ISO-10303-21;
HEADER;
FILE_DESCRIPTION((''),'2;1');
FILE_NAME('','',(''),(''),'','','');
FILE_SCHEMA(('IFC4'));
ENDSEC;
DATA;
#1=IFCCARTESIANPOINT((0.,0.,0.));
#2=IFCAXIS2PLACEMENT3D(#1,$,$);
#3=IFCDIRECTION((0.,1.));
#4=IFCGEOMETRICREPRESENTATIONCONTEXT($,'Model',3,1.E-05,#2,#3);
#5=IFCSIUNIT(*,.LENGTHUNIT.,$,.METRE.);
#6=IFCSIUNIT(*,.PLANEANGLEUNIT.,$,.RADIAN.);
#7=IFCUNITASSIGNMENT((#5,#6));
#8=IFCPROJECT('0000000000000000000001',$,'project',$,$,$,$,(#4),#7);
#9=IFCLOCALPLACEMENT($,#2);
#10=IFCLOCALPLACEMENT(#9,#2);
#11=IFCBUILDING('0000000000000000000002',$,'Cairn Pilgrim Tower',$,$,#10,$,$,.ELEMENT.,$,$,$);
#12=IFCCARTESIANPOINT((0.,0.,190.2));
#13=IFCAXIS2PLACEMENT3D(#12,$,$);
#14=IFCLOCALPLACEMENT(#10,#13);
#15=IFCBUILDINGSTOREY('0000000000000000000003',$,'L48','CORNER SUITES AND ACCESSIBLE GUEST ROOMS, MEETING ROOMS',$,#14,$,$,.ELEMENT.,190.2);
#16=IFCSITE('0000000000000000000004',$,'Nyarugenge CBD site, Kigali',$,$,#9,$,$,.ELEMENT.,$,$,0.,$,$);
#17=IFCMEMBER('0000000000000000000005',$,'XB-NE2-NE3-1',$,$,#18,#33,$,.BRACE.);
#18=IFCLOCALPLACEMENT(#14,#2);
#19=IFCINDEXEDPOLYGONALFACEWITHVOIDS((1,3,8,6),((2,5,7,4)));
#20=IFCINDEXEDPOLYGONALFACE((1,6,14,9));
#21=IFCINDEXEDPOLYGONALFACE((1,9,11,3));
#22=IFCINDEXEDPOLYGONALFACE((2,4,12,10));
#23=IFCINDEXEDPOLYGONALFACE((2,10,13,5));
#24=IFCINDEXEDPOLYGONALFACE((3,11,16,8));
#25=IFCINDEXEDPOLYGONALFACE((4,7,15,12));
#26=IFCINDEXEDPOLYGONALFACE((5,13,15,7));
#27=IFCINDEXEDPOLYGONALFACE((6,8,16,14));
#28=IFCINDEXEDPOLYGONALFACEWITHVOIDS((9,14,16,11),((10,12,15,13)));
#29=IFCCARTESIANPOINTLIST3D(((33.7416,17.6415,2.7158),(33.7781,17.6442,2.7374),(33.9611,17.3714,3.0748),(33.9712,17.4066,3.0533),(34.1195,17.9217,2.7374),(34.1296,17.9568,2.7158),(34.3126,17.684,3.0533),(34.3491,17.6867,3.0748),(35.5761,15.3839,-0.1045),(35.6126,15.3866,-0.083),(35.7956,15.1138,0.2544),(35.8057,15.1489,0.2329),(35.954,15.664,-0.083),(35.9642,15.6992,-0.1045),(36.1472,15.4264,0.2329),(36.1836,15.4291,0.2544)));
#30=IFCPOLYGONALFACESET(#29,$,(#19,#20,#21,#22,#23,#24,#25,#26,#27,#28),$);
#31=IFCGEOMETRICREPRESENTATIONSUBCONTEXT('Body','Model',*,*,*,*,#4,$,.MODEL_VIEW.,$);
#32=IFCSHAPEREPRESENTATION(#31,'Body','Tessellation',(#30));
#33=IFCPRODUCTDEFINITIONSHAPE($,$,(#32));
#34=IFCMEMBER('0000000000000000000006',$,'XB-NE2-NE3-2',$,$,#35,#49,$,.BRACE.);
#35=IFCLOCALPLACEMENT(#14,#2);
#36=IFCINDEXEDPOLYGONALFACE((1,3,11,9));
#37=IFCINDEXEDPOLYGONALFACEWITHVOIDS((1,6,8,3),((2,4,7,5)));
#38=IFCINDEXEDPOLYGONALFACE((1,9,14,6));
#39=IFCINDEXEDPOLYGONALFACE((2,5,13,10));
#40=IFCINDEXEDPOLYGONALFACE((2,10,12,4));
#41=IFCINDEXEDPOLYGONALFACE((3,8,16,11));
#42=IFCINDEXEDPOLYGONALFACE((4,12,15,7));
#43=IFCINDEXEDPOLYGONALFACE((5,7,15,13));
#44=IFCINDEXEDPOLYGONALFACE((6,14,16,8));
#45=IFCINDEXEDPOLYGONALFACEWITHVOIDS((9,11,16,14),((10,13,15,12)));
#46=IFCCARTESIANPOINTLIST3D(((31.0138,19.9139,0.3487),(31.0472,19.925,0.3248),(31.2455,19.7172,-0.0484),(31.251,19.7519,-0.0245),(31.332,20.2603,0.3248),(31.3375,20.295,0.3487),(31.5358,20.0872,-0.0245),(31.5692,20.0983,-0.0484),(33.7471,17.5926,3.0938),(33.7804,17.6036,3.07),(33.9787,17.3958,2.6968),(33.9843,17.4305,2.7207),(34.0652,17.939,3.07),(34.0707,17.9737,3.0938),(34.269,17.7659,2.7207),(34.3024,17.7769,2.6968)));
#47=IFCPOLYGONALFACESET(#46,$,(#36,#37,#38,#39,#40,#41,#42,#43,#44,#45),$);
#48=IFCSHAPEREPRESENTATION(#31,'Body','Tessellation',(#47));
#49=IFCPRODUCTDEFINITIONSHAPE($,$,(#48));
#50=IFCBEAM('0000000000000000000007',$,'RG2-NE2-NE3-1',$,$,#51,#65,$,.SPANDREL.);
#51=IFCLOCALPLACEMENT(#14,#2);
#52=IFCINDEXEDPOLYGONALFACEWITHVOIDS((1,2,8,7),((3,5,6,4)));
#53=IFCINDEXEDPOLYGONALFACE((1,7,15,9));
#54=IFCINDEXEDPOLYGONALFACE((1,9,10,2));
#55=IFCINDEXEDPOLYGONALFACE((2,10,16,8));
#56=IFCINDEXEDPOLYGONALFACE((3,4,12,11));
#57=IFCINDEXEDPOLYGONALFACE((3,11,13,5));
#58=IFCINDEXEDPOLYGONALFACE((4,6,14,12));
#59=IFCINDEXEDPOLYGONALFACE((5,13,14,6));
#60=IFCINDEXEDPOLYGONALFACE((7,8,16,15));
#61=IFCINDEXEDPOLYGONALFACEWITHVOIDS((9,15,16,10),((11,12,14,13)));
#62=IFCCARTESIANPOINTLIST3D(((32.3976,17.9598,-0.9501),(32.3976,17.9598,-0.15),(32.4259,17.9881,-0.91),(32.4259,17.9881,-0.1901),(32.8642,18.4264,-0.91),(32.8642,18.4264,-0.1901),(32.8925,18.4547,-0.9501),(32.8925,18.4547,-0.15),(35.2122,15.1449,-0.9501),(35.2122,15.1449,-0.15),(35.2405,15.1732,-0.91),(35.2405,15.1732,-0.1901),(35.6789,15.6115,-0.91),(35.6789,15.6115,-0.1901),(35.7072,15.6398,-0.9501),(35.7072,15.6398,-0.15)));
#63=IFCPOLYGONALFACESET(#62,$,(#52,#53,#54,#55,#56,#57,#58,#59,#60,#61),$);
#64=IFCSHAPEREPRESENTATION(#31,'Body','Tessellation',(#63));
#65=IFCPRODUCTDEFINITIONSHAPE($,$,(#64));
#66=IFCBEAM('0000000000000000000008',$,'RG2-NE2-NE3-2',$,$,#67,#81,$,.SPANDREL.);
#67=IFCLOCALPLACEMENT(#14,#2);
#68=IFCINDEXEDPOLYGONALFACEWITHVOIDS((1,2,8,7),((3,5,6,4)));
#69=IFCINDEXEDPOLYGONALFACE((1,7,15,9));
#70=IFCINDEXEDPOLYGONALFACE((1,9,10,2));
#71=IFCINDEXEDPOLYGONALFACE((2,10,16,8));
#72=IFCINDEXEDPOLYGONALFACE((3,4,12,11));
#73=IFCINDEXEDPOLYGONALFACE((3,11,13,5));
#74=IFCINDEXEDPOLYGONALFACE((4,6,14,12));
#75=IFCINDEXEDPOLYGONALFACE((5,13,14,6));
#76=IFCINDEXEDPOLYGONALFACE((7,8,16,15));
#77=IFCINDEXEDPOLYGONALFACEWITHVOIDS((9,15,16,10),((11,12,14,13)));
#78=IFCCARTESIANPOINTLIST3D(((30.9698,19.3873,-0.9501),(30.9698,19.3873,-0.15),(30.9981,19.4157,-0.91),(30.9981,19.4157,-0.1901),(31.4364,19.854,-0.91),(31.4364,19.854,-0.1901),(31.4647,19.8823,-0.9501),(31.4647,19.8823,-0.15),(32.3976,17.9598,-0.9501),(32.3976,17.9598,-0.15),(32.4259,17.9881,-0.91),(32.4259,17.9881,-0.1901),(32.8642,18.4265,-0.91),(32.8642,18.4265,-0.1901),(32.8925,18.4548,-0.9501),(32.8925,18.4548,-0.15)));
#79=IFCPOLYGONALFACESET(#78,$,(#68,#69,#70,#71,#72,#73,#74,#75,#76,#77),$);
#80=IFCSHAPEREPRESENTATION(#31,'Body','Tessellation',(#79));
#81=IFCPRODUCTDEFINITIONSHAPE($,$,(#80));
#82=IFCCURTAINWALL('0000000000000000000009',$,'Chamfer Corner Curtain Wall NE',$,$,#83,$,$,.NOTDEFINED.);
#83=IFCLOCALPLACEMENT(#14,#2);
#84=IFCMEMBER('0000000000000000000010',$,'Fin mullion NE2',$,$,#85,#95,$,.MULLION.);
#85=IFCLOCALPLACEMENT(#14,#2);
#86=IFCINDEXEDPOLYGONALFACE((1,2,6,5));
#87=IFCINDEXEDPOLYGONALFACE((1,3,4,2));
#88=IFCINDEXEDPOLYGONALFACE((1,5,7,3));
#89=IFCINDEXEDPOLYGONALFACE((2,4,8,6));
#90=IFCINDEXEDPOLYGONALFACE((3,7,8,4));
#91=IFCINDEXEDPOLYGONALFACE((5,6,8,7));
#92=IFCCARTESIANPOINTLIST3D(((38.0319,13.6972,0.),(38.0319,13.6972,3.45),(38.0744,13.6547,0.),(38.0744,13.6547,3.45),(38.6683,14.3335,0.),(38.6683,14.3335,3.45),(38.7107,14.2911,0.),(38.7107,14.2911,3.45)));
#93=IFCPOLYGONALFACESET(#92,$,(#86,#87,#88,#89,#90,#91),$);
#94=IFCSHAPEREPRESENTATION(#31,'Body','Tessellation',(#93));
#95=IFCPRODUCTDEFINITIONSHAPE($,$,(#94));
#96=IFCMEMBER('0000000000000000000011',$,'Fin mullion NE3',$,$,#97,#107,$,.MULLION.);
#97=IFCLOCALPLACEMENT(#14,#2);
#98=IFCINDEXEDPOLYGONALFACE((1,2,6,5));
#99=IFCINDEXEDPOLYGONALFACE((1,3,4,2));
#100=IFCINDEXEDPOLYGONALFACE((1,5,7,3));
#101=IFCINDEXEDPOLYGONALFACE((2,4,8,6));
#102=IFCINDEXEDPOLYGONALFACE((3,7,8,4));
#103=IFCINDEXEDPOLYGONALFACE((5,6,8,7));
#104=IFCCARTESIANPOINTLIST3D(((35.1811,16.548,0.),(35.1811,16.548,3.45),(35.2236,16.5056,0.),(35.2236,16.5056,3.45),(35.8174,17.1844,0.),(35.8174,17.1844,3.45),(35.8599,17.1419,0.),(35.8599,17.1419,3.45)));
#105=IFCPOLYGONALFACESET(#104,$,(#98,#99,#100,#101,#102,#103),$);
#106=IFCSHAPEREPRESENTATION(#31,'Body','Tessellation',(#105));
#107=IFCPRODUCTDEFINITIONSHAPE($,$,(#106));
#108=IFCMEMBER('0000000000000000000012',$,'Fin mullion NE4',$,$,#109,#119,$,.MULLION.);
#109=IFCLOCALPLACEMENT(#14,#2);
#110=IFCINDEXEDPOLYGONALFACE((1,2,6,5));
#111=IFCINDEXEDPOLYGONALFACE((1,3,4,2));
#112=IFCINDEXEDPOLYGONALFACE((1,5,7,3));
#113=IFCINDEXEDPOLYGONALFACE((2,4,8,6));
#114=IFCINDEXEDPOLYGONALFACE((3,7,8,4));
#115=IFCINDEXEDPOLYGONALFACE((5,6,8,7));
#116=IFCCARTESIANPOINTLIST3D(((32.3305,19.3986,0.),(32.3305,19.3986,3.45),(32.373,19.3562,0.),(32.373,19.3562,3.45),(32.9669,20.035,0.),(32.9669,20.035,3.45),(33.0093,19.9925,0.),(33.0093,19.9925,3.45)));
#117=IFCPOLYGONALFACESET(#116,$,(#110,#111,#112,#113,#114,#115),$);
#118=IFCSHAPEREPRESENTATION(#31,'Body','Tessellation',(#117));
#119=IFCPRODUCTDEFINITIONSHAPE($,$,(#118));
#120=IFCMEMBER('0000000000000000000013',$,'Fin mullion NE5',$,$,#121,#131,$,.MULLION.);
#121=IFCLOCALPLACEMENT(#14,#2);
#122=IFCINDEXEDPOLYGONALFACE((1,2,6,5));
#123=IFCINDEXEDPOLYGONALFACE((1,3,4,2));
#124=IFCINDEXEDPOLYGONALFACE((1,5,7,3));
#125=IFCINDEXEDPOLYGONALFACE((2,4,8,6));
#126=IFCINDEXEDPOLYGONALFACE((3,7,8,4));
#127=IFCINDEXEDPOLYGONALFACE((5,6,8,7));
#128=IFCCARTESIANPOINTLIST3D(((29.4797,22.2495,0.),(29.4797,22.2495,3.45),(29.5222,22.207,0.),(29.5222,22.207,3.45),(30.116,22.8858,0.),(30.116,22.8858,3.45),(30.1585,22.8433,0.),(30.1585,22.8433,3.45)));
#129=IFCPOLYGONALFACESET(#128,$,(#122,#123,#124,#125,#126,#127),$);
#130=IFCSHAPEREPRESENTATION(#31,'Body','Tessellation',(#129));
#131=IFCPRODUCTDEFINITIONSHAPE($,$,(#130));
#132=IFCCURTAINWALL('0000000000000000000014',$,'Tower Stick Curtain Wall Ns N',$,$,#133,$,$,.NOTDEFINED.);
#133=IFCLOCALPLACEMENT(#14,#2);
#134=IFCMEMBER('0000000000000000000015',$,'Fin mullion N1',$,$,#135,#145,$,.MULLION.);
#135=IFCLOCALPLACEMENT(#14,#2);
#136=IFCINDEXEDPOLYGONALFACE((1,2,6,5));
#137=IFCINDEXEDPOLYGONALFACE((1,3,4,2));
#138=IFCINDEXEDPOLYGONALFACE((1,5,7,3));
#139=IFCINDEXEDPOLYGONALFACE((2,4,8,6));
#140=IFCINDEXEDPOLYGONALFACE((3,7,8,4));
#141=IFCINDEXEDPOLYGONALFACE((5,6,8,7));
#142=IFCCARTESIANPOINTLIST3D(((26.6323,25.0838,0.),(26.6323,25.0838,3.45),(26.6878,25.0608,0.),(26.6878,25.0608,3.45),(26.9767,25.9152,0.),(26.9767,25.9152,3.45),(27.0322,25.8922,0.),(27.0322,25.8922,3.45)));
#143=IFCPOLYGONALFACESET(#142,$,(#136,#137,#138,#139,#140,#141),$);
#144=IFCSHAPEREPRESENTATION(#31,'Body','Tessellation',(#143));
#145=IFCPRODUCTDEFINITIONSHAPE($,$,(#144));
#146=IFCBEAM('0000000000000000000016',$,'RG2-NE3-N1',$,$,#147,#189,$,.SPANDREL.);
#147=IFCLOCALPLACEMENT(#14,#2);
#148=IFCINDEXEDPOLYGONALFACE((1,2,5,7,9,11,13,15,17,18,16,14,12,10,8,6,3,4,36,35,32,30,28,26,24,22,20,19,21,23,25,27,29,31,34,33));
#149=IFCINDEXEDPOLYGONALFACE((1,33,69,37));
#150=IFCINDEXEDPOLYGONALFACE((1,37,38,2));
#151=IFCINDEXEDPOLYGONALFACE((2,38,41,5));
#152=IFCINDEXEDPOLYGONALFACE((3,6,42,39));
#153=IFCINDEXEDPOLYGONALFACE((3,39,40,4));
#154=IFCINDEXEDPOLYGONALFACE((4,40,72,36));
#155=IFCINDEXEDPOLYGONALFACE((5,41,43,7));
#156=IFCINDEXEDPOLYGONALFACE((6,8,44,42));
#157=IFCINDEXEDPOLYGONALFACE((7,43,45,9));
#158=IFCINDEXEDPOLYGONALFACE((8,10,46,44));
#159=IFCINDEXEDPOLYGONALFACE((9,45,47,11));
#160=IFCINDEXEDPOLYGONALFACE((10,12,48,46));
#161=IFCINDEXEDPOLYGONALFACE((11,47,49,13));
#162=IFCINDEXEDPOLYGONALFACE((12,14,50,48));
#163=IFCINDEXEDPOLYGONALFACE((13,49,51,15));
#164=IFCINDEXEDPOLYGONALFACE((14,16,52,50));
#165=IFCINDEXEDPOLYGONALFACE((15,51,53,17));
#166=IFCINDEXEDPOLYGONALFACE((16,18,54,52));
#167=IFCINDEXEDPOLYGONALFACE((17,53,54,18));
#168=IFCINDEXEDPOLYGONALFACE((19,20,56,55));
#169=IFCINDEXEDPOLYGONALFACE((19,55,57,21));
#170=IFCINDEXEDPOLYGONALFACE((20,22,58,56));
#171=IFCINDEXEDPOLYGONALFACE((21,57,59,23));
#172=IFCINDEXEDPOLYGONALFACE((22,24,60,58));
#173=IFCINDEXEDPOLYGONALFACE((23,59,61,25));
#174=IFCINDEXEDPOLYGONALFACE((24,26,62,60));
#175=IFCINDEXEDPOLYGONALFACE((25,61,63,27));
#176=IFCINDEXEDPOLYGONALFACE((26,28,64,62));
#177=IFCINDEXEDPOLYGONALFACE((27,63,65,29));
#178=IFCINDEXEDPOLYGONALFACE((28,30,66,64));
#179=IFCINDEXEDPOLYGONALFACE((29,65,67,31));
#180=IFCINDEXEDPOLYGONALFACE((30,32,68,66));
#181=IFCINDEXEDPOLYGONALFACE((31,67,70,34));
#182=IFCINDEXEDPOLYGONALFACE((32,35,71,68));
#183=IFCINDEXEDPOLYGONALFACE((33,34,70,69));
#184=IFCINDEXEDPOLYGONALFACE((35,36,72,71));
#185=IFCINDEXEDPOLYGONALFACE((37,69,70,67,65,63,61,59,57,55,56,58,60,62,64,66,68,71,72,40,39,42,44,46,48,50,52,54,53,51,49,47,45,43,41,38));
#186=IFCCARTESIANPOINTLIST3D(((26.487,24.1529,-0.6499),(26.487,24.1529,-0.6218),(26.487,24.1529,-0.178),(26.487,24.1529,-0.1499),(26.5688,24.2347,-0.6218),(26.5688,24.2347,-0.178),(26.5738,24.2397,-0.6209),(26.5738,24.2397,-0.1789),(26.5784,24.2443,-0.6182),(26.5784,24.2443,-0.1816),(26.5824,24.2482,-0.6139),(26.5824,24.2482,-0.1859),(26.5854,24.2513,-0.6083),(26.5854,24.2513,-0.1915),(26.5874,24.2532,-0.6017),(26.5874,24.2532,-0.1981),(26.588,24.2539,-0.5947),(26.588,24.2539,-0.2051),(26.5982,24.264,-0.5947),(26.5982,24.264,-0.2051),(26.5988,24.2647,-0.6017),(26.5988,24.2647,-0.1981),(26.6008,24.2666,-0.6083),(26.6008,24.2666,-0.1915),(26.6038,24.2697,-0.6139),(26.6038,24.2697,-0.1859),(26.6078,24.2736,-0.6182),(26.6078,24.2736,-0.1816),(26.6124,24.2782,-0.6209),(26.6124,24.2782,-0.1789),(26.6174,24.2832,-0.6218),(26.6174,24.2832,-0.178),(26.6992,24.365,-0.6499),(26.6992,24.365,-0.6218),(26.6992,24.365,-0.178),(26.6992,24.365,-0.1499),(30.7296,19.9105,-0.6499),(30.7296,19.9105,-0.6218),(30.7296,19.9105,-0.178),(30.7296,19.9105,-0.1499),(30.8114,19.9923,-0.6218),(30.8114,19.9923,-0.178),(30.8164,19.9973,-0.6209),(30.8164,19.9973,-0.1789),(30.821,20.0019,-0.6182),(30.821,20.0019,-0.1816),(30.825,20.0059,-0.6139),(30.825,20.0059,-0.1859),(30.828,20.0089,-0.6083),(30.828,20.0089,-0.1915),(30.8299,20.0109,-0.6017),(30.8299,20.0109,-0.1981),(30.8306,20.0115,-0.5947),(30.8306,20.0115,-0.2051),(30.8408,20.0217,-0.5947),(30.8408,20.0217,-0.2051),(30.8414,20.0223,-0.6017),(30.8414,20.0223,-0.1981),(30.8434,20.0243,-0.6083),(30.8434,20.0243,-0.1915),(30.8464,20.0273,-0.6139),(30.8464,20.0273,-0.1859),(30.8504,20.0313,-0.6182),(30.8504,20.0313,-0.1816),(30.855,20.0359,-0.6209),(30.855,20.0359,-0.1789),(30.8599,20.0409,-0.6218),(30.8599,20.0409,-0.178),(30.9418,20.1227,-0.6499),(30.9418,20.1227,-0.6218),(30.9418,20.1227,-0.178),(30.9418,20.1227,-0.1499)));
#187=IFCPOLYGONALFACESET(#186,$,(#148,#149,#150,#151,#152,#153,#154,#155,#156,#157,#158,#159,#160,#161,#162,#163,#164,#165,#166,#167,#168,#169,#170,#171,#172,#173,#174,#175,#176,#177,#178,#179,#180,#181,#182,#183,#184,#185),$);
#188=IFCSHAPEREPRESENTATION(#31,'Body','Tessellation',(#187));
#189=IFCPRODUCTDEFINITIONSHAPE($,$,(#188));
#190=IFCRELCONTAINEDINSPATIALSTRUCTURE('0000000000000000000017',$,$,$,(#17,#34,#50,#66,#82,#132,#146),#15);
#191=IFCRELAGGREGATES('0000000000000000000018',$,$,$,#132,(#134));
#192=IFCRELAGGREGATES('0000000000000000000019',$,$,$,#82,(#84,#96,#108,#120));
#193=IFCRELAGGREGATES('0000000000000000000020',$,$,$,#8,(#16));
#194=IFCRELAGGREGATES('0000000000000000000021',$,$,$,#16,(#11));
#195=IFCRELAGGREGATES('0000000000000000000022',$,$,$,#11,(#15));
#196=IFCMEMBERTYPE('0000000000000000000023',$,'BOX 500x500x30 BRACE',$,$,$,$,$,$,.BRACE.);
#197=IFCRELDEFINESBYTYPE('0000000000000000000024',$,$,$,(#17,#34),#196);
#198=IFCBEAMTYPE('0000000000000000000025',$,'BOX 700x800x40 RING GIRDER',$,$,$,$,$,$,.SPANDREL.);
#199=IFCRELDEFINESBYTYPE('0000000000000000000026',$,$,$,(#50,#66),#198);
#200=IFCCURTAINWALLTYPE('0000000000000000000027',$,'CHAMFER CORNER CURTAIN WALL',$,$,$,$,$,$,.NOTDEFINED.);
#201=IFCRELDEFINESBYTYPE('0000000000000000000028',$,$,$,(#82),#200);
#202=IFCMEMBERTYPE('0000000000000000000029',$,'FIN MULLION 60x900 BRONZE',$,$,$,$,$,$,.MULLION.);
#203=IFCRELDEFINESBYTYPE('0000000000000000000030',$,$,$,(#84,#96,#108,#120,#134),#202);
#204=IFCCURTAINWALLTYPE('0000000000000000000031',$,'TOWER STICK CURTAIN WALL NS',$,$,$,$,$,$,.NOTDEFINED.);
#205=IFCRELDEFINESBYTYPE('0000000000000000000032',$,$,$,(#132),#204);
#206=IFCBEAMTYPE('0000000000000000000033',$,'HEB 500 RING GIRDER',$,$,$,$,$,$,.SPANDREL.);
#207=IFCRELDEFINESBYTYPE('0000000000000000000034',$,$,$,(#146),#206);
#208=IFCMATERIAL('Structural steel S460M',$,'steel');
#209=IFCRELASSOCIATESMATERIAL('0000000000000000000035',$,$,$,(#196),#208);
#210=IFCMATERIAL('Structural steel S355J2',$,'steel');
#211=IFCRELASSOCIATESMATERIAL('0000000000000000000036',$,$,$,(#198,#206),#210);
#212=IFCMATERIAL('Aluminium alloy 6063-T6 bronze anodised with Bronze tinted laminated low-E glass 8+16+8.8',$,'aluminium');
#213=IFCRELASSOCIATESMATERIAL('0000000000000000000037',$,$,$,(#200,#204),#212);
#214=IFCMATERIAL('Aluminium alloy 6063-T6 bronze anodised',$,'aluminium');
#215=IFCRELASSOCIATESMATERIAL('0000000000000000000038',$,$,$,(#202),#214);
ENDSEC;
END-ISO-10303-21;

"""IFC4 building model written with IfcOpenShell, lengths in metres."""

from ifc_helpers import new_model, si_unit, direction, frame, origin, origin_2d, place, context, subcontext, project, spatial, rectangle, hollow_rectangle, i_section, extrude, material, material_profile, profile_set, type_object, element, aggregate, save


model = new_model("IFC4")

# Units and contexts
model_context = context("Model", 3, precision=1e-05, world=origin(), true_north=direction((0.0, 1.0)))
body_context = subcontext(model_context, "Body", "Model", "MODEL_VIEW")
ifc_project = project(units=[si_unit("LENGTHUNIT", "METRE"), si_unit("PLANEANGLEUNIT", "RADIAN")], contexts=[model_context])

# Site, building, storey
site_placement = place(None, origin())
site = spatial("IfcSite", under=ifc_project, at=site_placement, Name="Nyarugenge CBD site, Kigali", CompositionType="ELEMENT", RefElevation=0.0)
building_placement = place(site_placement, origin())
building = spatial("IfcBuilding", under=site, at=building_placement, Name="Cairn Pilgrim Tower", CompositionType="ELEMENT")
storey_placement = place(building_placement, frame((0.0, 0.0, 190.2)))
storey = spatial("IfcBuildingStorey", under=building, at=storey_placement, Name="L48", Description="CORNER SUITES AND ACCESSIBLE GUEST ROOMS, MEETING ROOMS", CompositionType="ELEMENT", Elevation=190.2)

# Shared definitions
ifc_material_1 = material(Name="Structural steel S460M", Category="steel")

# Members
ifc_material_profile_1 = material_profile(ifc_material_1, hollow_rectangle(XDim=0.5, YDim=0.5, WallThickness=0.03, at=origin_2d()), Name="BOX 500x500x30")
ifc_profile_set_1 = profile_set([ifc_material_profile_1], Name="Structural steel S460M")
member_type_1 = type_object("IfcMemberType", Name="BOX 500x500x30 BRACE", PredefinedType="BRACE", material=ifc_profile_set_1)
member_1_placement = place(storey_placement, frame((35.8799, 15.4065, 0.075), z_axis=(-0.452769, 0.557194, 0.696086), x_axis=(-0.776081, -0.630634, 0.0)))
element("IfcMember", 1, at=member_1_placement, inside=storey, type_object=member_type_1, Name="XB-NE2-NE3-1", PredefinedType="BRACE", context=body_context, shape_type="SweptSolid", body=[
    extrude(hollow_rectangle(XDim=0.5, YDim=0.5, WallThickness=0.03, at=origin_2d()), origin(), (0.0, 0.0, 1.0), 4.0518),
])
member_2_placement = place(storey_placement, frame((31.2915, 20.0061, 0.1501), z_axis=(0.605217, -0.514015, 0.607866), x_axis=(0.647342, 0.7622, 0.0)))
element("IfcMember", 2, at=member_2_placement, inside=storey, type_object=member_type_1, Name="XB-NE2-NE3-2", PredefinedType="BRACE", context=body_context, shape_type="SweptSolid", body=[
    extrude(hollow_rectangle(XDim=0.5, YDim=0.5, WallThickness=0.03, at=origin_2d()), origin(), (0.0, 0.0, 1.0), 4.5161),
])

# Beams
ifc_material_2 = material(Name="Structural steel S355J2", Category="steel")
ifc_material_profile_2 = material_profile(ifc_material_2, hollow_rectangle(XDim=0.7, YDim=0.8, WallThickness=0.04, at=origin_2d()), Name="BOX 700x800x40")
ifc_profile_set_2 = profile_set([ifc_material_profile_2], Name="Structural steel S355J2")
beam_type_1 = type_object("IfcBeamType", Name="BOX 700x800x40 RING GIRDER", PredefinedType="SPANDREL", material=ifc_profile_set_2)
beam_1_placement = place(storey_placement, frame((35.4597, 15.3923, -0.55), z_axis=(-0.707076, 0.707137, 0.0), x_axis=(-0.707137, -0.707076, 0.0)))
element("IfcBeam", 3, at=beam_1_placement, inside=storey, type_object=beam_type_1, Name="RG2-NE2-NE3-1", PredefinedType="SPANDREL", context=body_context, shape_type="SweptSolid", body=[
    extrude(hollow_rectangle(XDim=0.7, YDim=0.8, WallThickness=0.04, at=origin_2d()), origin(), (0.0, 0.0, 1.0), 3.9807),
])
beam_2_placement = place(storey_placement, frame((32.645, 18.2073, -0.55), z_axis=(-0.707167, 0.707046, 0.0), x_axis=(-0.707046, -0.707167, 0.0)))
element("IfcBeam", 4, at=beam_2_placement, inside=storey, type_object=beam_type_1, Name="RG2-NE2-NE3-2", PredefinedType="SPANDREL", context=body_context, shape_type="SweptSolid", body=[
    extrude(hollow_rectangle(XDim=0.7, YDim=0.8, WallThickness=0.04, at=origin_2d()), origin(), (0.0, 0.0, 1.0), 2.019),
])

# Curtain wall, members
ifc_material_3 = material(Name="Aluminium alloy 6063-T6 bronze anodised with Bronze tinted laminated low-E glass 8+16+8.8", Category="aluminium")
curtain_wall_type_1 = type_object("IfcCurtainWallType", Name="CHAMFER CORNER CURTAIN WALL", PredefinedType="NOTDEFINED", material=ifc_material_3)
curtain_wall_1_placement = place(storey_placement, origin())
curtain_wall_1 = element("IfcCurtainWall", 5, at=curtain_wall_1_placement, inside=storey, type_object=curtain_wall_type_1, Name="Chamfer Corner Curtain Wall NE", PredefinedType="NOTDEFINED")
ifc_material_4 = material(Name="Aluminium alloy 6063-T6 bronze anodised", Category="aluminium")
ifc_material_profile_3 = material_profile(ifc_material_4, rectangle(XDim=0.8999, YDim=0.0601, at=origin_2d()), Name="FIN MULLION 60x900 BRONZE")
ifc_profile_set_3 = profile_set([ifc_material_profile_3], Name="Aluminium alloy 6063-T6 bronze anodised")
member_type_2 = type_object("IfcMemberType", Name="FIN MULLION 60x900 BRONZE", PredefinedType="MULLION", material=ifc_profile_set_3)
member_3_placement = place(storey_placement, frame((38.3713, 13.9941, 0.0), z_axis=(0.0, 0.0, 1.0), x_axis=(0.707107, 0.707107, 0.0)))
member_3 = element("IfcMember", 6, at=member_3_placement, type_object=member_type_2, Name="Fin mullion NE2", PredefinedType="MULLION", context=body_context, shape_type="SweptSolid", body=[
    extrude(rectangle(XDim=0.8999, YDim=0.0601, at=origin_2d()), origin(), (0.0, 0.0, 1.0), 3.45),
])
member_4_placement = place(storey_placement, frame((35.5205, 16.845, 0.0), z_axis=(0.0, 0.0, 1.0), x_axis=(0.707107, 0.707107, 0.0)))
member_4 = element("IfcMember", 7, at=member_4_placement, type_object=member_type_2, Name="Fin mullion NE3", PredefinedType="MULLION", context=body_context, shape_type="SweptSolid", body=[
    extrude(rectangle(XDim=0.8999, YDim=0.0601, at=origin_2d()), origin(), (0.0, 0.0, 1.0), 3.45),
])
member_5_placement = place(storey_placement, frame((32.6699, 19.6956, 0.0), z_axis=(0.0, 0.0, 1.0), x_axis=(0.707107, 0.707107, 0.0)))
member_5 = element("IfcMember", 8, at=member_5_placement, type_object=member_type_2, Name="Fin mullion NE4", PredefinedType="MULLION", context=body_context, shape_type="SweptSolid", body=[
    extrude(rectangle(XDim=0.8999, YDim=0.0601, at=origin_2d()), origin(), (0.0, 0.0, 1.0), 3.45),
])
member_6_placement = place(storey_placement, frame((29.8191, 22.5464, 0.0), z_axis=(0.0, 0.0, 1.0), x_axis=(0.707107, 0.707107, 0.0)))
member_6 = element("IfcMember", 9, at=member_6_placement, type_object=member_type_2, Name="Fin mullion NE5", PredefinedType="MULLION", context=body_context, shape_type="SweptSolid", body=[
    extrude(rectangle(XDim=0.8999, YDim=0.0601, at=origin_2d()), origin(), (0.0, 0.0, 1.0), 3.45),
])

# Curtain wall, member
curtain_wall_type_2 = type_object("IfcCurtainWallType", Name="TOWER STICK CURTAIN WALL NS", PredefinedType="NOTDEFINED", material=ifc_material_3)
curtain_wall_2_placement = place(storey_placement, origin())
curtain_wall_2 = element("IfcCurtainWall", 10, at=curtain_wall_2_placement, inside=storey, type_object=curtain_wall_type_2, Name="Tower Stick Curtain Wall Ns N", PredefinedType="NOTDEFINED")
member_7_placement = place(storey_placement, frame((26.8323, 25.488, 0.0), z_axis=(0.0, 0.0, 1.0), x_axis=(0.382683, 0.92388, 0.0)))
member_7 = element("IfcMember", 11, at=member_7_placement, type_object=member_type_2, Name="Fin mullion N1", PredefinedType="MULLION", context=body_context, shape_type="SweptSolid", body=[
    extrude(rectangle(XDim=0.8999, YDim=0.0601, at=origin_2d()), origin(), (0.0, 0.0, 1.0), 3.45),
])
aggregate(curtain_wall_2, [member_7])

# Beam
ifc_material_profile_4 = material_profile(ifc_material_2, i_section(OverallWidth=0.3, OverallDepth=0.5, WebThickness=0.0144, FlangeThickness=0.0281, FilletRadius=0.0271, at=origin_2d()), Name="HEB 500")
ifc_profile_set_4 = profile_set([ifc_material_profile_4], Name="Structural steel S355J2")
beam_type_2 = type_object("IfcBeamType", Name="HEB 500 RING GIRDER", PredefinedType="SPANDREL", material=ifc_profile_set_4)
beam_3_placement = place(storey_placement, frame((30.8357, 20.0166, -0.3999), z_axis=(-0.707127, 0.707086, 0.0), x_axis=(-0.707086, -0.707127, 0.0)))
element("IfcBeam", 12, at=beam_3_placement, inside=storey, type_object=beam_type_2, Name="RG2-NE3-N1", PredefinedType="SPANDREL", context=body_context, shape_type="SweptSolid", body=[
    extrude(i_section(OverallWidth=0.3, OverallDepth=0.5, WebThickness=0.0144, FlangeThickness=0.0281, FilletRadius=0.0271, at=origin_2d()), origin(), (0.0, 0.0, 1.0), 5.9998),
])

aggregate(curtain_wall_1, [member_3, member_4, member_5, member_6])

save(model, "model.ifc")
